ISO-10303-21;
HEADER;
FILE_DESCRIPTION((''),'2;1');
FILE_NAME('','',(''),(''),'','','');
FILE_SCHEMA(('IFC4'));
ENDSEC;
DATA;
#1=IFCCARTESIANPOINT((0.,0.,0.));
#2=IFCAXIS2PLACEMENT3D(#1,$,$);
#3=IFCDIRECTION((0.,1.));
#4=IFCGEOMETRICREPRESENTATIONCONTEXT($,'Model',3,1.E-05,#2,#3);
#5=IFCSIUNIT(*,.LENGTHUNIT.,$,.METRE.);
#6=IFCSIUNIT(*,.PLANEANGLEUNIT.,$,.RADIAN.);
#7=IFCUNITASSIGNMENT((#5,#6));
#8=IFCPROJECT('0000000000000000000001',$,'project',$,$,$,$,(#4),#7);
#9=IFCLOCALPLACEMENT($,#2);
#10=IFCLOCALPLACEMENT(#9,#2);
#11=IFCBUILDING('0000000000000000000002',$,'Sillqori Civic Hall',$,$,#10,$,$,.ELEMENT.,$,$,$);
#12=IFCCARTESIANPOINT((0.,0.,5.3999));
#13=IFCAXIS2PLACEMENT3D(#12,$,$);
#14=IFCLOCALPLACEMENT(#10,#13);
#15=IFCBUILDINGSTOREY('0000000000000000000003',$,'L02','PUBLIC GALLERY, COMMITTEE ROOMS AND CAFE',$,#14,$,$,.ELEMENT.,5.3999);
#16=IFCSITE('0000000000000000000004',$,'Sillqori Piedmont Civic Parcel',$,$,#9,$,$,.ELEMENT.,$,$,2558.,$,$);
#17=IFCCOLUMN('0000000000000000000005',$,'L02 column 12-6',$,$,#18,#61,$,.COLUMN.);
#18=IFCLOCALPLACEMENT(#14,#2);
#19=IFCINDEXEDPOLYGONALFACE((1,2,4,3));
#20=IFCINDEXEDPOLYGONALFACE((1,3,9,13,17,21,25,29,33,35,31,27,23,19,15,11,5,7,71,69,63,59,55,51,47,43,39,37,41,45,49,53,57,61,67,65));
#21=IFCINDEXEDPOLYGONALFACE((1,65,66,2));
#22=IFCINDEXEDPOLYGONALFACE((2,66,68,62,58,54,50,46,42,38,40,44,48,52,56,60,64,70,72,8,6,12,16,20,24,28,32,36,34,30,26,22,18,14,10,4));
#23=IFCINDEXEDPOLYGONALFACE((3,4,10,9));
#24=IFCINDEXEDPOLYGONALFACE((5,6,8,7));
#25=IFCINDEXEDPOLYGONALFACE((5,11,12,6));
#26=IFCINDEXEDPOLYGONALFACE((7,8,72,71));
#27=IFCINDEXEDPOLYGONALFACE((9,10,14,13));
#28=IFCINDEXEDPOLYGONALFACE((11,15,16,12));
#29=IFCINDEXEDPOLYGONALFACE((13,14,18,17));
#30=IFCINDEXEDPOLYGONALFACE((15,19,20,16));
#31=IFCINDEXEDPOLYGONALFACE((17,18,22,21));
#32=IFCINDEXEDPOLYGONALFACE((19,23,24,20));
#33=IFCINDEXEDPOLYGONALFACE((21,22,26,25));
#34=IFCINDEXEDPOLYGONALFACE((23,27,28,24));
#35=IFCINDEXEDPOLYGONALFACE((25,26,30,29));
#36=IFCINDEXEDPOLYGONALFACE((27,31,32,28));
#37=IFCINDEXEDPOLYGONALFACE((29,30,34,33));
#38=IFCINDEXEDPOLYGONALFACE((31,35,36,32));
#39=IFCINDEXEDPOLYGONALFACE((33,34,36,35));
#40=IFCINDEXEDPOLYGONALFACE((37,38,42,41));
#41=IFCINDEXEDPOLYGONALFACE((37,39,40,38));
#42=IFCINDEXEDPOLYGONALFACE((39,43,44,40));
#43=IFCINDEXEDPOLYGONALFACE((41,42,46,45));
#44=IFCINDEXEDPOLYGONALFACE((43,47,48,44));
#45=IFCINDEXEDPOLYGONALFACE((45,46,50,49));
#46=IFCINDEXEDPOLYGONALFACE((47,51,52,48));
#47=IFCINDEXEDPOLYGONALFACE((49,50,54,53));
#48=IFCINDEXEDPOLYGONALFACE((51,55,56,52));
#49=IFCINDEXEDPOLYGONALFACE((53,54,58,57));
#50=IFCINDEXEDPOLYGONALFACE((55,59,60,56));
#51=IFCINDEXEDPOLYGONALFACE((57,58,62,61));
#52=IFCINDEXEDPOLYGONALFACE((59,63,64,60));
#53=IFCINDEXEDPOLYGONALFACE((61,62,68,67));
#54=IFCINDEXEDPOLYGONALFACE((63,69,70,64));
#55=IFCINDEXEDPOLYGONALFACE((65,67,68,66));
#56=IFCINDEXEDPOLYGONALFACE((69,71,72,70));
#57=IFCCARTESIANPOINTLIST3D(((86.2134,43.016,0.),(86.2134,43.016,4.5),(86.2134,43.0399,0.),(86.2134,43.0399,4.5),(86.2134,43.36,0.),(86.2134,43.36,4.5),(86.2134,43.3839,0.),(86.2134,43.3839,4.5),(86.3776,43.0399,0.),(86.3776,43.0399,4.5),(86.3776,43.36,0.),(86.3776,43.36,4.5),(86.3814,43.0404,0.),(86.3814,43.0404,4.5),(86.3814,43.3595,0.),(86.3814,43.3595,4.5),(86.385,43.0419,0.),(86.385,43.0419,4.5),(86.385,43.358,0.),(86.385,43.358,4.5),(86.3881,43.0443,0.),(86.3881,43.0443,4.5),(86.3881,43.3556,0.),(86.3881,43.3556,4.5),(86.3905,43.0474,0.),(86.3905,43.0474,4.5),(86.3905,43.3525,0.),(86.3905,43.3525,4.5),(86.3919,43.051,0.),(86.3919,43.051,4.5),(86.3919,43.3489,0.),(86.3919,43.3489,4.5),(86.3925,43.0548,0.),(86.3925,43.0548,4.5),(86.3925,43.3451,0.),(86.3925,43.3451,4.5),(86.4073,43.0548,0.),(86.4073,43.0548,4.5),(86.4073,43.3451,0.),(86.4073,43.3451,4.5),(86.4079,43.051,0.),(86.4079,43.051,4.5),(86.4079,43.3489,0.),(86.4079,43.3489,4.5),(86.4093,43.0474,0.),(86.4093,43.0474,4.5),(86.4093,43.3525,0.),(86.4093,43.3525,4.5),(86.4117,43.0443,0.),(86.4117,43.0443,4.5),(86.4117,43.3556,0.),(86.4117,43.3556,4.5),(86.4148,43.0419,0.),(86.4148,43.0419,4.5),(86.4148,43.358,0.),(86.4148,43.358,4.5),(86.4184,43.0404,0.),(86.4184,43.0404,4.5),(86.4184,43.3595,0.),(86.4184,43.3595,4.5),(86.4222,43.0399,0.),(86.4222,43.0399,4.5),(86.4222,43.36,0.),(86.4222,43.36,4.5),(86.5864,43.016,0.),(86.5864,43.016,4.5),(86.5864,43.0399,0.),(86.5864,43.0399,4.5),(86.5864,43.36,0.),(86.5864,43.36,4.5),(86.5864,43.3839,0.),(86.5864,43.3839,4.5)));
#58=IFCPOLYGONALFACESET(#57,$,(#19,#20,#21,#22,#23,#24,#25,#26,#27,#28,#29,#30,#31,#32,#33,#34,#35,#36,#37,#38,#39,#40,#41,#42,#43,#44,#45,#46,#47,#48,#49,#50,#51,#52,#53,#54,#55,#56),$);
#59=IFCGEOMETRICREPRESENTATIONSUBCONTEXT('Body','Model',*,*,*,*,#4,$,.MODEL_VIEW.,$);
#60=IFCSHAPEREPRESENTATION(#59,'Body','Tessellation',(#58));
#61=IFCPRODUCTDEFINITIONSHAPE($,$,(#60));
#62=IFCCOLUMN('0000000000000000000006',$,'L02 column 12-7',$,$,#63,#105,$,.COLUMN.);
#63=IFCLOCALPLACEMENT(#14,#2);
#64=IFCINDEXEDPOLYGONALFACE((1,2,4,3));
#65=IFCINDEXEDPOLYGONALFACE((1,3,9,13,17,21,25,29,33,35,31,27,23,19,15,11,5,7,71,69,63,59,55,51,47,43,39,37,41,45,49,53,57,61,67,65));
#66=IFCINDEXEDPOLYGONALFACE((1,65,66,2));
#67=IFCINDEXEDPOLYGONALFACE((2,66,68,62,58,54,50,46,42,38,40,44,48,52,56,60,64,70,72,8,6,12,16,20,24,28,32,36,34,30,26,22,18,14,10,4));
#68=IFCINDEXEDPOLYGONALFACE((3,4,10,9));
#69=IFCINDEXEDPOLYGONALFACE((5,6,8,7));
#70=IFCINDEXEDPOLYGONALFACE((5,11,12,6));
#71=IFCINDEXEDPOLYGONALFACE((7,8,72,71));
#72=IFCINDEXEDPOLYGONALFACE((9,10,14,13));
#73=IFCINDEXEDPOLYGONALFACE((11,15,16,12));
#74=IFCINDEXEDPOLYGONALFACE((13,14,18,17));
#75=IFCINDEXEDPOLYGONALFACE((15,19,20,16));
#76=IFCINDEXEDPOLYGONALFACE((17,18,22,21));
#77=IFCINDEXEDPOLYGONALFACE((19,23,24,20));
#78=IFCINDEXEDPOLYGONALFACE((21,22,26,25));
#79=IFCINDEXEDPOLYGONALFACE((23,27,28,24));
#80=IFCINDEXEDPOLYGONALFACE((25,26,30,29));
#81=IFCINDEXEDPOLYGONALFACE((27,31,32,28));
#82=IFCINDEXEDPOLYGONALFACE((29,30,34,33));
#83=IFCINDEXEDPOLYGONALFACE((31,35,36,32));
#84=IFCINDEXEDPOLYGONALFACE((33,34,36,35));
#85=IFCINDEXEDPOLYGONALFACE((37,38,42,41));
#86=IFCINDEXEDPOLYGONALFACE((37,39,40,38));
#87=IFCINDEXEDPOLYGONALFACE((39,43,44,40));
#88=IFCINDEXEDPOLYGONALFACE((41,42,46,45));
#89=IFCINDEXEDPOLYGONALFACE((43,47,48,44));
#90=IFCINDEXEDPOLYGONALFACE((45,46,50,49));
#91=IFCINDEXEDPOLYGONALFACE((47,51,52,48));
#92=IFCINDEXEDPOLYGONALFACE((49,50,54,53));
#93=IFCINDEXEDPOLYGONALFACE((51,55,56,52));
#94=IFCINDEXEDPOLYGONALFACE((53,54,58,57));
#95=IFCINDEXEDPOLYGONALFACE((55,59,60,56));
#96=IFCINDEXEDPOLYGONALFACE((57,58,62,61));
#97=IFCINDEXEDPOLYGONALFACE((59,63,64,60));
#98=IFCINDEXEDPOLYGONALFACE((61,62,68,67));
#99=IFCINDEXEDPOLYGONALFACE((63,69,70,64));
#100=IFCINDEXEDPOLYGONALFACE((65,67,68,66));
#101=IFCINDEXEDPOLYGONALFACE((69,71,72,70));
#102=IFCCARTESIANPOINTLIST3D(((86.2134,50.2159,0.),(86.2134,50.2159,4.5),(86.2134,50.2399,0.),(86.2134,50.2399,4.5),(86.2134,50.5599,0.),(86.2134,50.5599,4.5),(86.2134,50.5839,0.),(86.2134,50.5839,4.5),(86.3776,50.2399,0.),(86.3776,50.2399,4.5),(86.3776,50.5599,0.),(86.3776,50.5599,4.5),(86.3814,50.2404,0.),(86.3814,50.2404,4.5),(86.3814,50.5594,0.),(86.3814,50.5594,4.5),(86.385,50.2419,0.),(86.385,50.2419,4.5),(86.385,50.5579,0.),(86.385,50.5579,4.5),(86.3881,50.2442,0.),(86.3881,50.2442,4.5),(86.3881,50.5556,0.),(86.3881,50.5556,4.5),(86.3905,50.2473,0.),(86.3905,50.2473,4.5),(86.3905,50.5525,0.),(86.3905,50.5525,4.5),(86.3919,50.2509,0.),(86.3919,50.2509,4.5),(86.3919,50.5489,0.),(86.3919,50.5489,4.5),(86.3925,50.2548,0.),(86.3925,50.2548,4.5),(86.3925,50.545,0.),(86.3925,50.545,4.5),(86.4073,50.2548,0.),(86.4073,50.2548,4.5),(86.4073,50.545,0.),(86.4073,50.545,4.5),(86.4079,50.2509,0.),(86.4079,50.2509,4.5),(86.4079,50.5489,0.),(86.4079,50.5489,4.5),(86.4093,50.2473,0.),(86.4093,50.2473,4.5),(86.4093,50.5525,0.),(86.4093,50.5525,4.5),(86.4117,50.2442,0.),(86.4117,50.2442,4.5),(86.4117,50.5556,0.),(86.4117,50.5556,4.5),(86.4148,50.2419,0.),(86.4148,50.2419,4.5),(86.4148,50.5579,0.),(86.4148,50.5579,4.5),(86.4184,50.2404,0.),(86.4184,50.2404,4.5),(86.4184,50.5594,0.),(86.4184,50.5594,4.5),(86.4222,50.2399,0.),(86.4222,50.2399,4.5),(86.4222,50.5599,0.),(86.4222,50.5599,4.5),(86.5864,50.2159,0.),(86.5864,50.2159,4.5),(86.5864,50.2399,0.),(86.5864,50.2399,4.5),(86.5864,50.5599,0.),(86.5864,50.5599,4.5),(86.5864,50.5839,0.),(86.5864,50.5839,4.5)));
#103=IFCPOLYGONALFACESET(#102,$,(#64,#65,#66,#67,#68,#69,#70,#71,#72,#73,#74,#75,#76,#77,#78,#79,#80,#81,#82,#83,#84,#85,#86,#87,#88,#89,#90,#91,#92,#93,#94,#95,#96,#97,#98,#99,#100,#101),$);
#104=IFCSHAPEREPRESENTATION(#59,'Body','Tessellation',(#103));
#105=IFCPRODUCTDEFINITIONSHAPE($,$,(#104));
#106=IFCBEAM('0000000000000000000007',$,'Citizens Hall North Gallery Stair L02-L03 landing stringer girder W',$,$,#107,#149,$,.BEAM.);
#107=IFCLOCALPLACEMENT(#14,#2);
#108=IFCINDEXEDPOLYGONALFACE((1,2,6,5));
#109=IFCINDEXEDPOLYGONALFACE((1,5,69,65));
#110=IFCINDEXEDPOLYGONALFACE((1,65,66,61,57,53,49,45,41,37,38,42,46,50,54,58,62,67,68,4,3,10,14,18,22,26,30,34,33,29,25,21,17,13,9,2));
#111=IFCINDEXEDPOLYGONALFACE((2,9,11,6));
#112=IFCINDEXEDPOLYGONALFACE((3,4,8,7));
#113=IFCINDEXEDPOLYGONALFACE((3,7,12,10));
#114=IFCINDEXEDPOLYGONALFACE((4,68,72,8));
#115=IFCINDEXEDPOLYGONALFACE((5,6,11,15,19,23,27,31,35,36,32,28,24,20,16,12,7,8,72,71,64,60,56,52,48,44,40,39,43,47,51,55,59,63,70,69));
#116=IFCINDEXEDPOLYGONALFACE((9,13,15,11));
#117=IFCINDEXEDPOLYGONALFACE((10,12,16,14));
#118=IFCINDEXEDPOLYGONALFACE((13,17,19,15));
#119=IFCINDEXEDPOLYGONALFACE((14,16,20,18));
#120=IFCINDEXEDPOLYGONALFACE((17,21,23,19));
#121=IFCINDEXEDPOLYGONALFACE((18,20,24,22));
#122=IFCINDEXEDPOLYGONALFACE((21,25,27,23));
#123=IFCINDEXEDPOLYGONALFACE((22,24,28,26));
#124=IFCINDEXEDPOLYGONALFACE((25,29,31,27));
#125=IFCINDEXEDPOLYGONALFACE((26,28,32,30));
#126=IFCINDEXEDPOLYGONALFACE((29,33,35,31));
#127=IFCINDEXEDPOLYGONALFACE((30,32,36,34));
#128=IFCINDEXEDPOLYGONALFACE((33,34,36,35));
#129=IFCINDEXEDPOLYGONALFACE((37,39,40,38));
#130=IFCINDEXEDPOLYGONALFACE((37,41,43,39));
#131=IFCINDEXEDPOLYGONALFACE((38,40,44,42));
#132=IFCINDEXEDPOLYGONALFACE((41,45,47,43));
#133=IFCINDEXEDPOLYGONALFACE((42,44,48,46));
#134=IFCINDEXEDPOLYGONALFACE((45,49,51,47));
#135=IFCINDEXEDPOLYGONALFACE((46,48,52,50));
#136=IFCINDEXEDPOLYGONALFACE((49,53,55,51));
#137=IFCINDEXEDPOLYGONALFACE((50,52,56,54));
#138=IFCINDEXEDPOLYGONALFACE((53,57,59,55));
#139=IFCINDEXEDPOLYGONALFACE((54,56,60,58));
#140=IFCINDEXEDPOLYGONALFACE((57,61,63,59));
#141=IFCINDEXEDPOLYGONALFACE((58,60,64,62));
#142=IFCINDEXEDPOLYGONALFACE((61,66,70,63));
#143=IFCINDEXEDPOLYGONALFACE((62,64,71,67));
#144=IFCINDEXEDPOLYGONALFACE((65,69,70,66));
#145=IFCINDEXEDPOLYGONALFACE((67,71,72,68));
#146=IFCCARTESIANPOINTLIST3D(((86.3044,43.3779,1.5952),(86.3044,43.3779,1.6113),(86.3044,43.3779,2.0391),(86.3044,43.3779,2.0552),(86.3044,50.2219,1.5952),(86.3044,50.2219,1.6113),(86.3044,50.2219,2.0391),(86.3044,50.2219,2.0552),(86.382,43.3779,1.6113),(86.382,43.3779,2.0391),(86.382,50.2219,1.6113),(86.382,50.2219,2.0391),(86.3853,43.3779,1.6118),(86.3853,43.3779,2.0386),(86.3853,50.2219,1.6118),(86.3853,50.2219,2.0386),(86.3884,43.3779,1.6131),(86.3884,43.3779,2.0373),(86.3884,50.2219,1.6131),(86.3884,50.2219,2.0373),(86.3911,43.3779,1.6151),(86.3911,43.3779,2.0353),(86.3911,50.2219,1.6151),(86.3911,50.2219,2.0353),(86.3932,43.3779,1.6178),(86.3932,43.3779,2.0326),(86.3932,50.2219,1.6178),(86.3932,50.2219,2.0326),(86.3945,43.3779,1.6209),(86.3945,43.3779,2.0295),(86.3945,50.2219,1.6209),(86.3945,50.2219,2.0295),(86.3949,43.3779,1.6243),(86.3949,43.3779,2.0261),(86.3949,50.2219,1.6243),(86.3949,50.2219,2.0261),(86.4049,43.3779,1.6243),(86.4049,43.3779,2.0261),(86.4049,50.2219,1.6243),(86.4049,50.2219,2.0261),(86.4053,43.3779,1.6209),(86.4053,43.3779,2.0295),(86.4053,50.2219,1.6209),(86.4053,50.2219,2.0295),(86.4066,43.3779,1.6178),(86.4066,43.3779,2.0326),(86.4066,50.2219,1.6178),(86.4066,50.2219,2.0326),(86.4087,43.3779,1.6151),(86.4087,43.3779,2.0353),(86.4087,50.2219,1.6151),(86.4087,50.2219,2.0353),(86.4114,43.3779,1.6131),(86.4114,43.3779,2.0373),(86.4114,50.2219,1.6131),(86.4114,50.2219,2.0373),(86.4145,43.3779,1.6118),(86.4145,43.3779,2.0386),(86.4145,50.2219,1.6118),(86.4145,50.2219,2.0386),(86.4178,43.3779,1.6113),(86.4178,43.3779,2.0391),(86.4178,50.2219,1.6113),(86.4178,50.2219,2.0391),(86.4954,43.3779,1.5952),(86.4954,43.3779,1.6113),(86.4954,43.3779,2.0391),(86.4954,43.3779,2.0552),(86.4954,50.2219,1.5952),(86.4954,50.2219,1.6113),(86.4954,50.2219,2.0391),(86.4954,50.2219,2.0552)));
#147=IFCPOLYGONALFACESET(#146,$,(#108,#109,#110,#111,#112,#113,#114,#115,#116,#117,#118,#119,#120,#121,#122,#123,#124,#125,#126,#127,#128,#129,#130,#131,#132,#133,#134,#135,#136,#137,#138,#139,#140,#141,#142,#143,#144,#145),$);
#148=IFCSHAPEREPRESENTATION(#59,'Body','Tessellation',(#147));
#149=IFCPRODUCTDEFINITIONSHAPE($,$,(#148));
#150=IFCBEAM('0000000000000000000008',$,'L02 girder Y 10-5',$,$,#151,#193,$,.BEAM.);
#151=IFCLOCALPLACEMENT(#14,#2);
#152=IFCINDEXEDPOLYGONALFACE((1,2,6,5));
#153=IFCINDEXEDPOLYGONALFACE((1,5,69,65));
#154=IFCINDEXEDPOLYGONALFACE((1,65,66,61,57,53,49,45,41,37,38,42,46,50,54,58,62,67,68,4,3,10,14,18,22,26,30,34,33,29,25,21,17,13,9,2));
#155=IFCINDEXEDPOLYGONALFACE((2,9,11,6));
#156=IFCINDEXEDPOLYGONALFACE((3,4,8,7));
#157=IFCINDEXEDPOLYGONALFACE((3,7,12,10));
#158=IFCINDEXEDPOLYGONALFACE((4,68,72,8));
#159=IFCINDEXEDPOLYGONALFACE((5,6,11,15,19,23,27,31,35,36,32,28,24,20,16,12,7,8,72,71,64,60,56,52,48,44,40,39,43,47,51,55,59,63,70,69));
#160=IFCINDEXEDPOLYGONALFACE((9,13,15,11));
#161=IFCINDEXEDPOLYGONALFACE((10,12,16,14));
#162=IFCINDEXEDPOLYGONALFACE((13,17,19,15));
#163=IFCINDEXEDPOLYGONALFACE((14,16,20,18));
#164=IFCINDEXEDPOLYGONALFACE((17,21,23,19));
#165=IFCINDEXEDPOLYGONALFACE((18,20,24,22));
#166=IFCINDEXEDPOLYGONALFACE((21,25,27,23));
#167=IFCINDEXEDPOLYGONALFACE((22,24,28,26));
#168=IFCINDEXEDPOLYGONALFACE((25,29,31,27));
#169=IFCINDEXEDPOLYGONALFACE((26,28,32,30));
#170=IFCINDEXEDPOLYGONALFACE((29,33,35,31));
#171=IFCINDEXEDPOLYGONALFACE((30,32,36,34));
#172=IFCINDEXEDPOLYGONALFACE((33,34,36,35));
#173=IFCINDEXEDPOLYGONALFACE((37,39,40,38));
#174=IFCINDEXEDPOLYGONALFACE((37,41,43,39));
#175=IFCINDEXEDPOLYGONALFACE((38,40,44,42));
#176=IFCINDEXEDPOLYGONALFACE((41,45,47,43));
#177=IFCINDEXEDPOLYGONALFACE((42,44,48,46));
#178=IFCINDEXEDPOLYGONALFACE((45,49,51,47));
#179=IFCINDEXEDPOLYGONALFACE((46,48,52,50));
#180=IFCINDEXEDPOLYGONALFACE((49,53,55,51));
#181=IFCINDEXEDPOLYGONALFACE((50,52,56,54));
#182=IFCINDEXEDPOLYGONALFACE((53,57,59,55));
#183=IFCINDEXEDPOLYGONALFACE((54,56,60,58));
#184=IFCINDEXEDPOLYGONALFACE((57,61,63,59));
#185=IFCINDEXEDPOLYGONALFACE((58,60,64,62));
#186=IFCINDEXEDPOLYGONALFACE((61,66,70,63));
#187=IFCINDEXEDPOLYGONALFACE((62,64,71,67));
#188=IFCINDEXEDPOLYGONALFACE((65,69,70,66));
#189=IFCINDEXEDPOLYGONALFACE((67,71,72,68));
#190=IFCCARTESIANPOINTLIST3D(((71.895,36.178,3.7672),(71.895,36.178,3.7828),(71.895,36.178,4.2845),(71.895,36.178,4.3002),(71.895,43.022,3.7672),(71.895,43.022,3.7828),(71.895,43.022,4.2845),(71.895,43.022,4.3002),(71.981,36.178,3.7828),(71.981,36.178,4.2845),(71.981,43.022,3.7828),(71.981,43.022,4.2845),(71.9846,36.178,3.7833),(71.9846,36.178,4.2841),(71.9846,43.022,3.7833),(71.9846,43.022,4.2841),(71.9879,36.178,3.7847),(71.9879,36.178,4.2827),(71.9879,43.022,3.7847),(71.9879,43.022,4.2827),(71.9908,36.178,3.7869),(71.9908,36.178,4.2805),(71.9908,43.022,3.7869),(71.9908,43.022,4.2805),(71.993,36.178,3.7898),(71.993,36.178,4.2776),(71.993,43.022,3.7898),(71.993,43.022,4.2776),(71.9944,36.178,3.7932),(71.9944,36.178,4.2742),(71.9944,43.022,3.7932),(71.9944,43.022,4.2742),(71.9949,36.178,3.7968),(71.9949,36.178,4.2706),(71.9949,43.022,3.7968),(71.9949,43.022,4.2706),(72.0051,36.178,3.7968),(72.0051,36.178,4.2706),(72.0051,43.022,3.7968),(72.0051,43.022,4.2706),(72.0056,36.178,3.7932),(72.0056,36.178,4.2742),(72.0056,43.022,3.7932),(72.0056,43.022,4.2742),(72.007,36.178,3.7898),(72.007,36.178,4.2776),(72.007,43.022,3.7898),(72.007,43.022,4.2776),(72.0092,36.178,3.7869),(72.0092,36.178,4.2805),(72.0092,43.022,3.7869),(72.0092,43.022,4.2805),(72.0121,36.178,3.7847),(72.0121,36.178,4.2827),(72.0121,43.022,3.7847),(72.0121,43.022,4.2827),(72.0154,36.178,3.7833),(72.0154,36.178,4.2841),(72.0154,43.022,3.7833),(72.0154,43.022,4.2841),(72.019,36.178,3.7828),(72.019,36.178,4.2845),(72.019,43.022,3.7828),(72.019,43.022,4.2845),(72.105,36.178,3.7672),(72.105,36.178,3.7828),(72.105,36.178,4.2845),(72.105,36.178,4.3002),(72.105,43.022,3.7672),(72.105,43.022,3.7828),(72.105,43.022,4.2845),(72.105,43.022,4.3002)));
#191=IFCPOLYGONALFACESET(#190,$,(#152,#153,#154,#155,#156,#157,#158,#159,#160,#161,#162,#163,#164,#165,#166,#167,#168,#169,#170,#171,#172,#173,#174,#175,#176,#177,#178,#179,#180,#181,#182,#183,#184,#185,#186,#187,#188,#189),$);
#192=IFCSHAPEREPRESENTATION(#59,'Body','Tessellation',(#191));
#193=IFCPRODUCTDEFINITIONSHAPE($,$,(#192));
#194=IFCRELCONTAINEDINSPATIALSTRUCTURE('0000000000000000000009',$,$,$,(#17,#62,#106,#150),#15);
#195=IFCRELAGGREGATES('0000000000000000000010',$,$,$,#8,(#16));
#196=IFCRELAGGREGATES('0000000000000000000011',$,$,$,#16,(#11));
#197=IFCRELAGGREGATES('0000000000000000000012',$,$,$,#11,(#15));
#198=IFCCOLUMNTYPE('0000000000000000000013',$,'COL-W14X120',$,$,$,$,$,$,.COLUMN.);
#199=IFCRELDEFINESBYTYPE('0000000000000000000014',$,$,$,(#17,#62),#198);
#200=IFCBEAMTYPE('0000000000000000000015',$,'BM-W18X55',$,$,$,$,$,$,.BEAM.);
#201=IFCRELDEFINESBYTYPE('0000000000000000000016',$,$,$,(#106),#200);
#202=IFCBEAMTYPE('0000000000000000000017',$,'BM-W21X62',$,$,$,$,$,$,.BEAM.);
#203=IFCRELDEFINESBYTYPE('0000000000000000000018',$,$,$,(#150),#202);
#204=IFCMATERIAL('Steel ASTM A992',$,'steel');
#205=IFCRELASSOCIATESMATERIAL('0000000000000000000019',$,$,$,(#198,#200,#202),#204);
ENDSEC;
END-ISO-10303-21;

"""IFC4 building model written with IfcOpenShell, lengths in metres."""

from ifc_helpers import new_model, si_unit, direction, frame, origin, origin_2d, place, context, subcontext, project, spatial, i_section, extrude, material, material_profile, profile_set, type_object, element, save


model = new_model("IFC4")

# Units and contexts
model_context = context("Model", 3, precision=1e-05, world=origin(), true_north=direction((0.0, 1.0)))
body_context = subcontext(model_context, "Body", "Model", "MODEL_VIEW")
ifc_project = project(units=[si_unit("LENGTHUNIT", "METRE"), si_unit("PLANEANGLEUNIT", "RADIAN")], contexts=[model_context])

# Site, building, storey
site_placement = place(None, origin())
site = spatial("IfcSite", under=ifc_project, at=site_placement, Name="Sillqori Piedmont Civic Parcel", CompositionType="ELEMENT", RefElevation=2558.0)
building_placement = place(site_placement, origin())
building = spatial("IfcBuilding", under=site, at=building_placement, Name="Sillqori Civic Hall", CompositionType="ELEMENT")
storey_placement = place(building_placement, frame((0.0, 0.0, 5.3999)))
storey = spatial("IfcBuildingStorey", under=building, at=storey_placement, Name="L02", Description="PUBLIC GALLERY, COMMITTEE ROOMS AND CAFE", CompositionType="ELEMENT", Elevation=5.3999)

# Columns
ifc_material_1 = material(Name="Steel ASTM A992", Category="steel")
ifc_material_profile_1 = material_profile(ifc_material_1, i_section(OverallWidth=0.373, OverallDepth=0.3679, WebThickness=0.0149, FlangeThickness=0.0239, FilletRadius=0.0149, at=origin_2d()), Name="W14X120")
ifc_profile_set_1 = profile_set([ifc_material_profile_1], Name="Steel ASTM A992")
column_type = type_object("IfcColumnType", Name="COL-W14X120", PredefinedType="COLUMN", material=ifc_profile_set_1)
for number, where, z_axis, x_axis, name in (
    (1, (86.3999, 43.2, 0.0), (0.0, 0.0, 1.0), (1.0, 0.0, 0.0), "L02 column 12-6"),
    (2, (86.3999, 50.3999, 0.0), (0.0, 0.0, 1.0), (1.0, 0.0, 0.0), "L02 column 12-7"),
):
    element("IfcColumn", number, at=place(storey_placement, frame(where, z_axis=z_axis, x_axis=x_axis)), inside=storey, type_object=column_type, Name=name, PredefinedType="COLUMN", context=body_context, shape_type="SweptSolid", body=[
        extrude(i_section(OverallWidth=0.373, OverallDepth=0.3679, WebThickness=0.0149, FlangeThickness=0.0239, FilletRadius=0.0149, at=origin_2d()), origin(), (0.0, 0.0, 1.0), 4.5),
    ])

# Beams
ifc_material_profile_2 = material_profile(ifc_material_1, i_section(OverallWidth=0.1909, OverallDepth=0.46, WebThickness=0.01, FlangeThickness=0.0161, FilletRadius=0.0129, at=origin_2d()), Name="W18X55")
ifc_profile_set_2 = profile_set([ifc_material_profile_2], Name="Steel ASTM A992")
beam_type_1 = type_object("IfcBeamType", Name="BM-W18X55", PredefinedType="BEAM", material=ifc_profile_set_2)
beam_placement = place(storey_placement, frame((86.3999, 43.3779, 1.8252), z_axis=(0.0, 1.0, 0.0), x_axis=(-1.0, 0.0, 0.0)))
element("IfcBeam", 3, at=beam_placement, inside=storey, type_object=beam_type_1, Name="Citizens Hall North Gallery Stair L02-L03 landing stringer girder W", PredefinedType="BEAM", context=body_context, shape_type="SweptSolid", body=[
    extrude(i_section(OverallWidth=0.1909, OverallDepth=0.46, WebThickness=0.01, FlangeThickness=0.0161, FilletRadius=0.0129, at=origin_2d()), origin(), (0.0, 0.0, 1.0), 6.844),
])
ifc_material_profile_3 = material_profile(ifc_material_1, i_section(OverallWidth=0.21, OverallDepth=0.533, WebThickness=0.0103, FlangeThickness=0.0156, FilletRadius=0.0139, at=origin_2d()), Name="W21X62")
ifc_profile_set_3 = profile_set([ifc_material_profile_3], Name="Steel ASTM A992")
beam_type_2 = type_object("IfcBeamType", Name="BM-W21X62", PredefinedType="BEAM", material=ifc_profile_set_3)
for number, where, z_axis, x_axis, name in (
    (4, (72.0, 36.178, 4.0337), (0.0, 1.0, 0.0), (-1.0, 0.0, 0.0), "L02 girder Y 10-5"),
):
    element("IfcBeam", number, at=place(storey_placement, frame(where, z_axis=z_axis, x_axis=x_axis)), inside=storey, type_object=beam_type_2, Name=name, PredefinedType="BEAM", context=body_context, shape_type="SweptSolid", body=[
        extrude(i_section(OverallWidth=0.21, OverallDepth=0.533, WebThickness=0.0103, FlangeThickness=0.0156, FilletRadius=0.0139, at=origin_2d()), origin(), (0.0, 0.0, 1.0), 6.844),
    ])

save(model, "model.ifc")
